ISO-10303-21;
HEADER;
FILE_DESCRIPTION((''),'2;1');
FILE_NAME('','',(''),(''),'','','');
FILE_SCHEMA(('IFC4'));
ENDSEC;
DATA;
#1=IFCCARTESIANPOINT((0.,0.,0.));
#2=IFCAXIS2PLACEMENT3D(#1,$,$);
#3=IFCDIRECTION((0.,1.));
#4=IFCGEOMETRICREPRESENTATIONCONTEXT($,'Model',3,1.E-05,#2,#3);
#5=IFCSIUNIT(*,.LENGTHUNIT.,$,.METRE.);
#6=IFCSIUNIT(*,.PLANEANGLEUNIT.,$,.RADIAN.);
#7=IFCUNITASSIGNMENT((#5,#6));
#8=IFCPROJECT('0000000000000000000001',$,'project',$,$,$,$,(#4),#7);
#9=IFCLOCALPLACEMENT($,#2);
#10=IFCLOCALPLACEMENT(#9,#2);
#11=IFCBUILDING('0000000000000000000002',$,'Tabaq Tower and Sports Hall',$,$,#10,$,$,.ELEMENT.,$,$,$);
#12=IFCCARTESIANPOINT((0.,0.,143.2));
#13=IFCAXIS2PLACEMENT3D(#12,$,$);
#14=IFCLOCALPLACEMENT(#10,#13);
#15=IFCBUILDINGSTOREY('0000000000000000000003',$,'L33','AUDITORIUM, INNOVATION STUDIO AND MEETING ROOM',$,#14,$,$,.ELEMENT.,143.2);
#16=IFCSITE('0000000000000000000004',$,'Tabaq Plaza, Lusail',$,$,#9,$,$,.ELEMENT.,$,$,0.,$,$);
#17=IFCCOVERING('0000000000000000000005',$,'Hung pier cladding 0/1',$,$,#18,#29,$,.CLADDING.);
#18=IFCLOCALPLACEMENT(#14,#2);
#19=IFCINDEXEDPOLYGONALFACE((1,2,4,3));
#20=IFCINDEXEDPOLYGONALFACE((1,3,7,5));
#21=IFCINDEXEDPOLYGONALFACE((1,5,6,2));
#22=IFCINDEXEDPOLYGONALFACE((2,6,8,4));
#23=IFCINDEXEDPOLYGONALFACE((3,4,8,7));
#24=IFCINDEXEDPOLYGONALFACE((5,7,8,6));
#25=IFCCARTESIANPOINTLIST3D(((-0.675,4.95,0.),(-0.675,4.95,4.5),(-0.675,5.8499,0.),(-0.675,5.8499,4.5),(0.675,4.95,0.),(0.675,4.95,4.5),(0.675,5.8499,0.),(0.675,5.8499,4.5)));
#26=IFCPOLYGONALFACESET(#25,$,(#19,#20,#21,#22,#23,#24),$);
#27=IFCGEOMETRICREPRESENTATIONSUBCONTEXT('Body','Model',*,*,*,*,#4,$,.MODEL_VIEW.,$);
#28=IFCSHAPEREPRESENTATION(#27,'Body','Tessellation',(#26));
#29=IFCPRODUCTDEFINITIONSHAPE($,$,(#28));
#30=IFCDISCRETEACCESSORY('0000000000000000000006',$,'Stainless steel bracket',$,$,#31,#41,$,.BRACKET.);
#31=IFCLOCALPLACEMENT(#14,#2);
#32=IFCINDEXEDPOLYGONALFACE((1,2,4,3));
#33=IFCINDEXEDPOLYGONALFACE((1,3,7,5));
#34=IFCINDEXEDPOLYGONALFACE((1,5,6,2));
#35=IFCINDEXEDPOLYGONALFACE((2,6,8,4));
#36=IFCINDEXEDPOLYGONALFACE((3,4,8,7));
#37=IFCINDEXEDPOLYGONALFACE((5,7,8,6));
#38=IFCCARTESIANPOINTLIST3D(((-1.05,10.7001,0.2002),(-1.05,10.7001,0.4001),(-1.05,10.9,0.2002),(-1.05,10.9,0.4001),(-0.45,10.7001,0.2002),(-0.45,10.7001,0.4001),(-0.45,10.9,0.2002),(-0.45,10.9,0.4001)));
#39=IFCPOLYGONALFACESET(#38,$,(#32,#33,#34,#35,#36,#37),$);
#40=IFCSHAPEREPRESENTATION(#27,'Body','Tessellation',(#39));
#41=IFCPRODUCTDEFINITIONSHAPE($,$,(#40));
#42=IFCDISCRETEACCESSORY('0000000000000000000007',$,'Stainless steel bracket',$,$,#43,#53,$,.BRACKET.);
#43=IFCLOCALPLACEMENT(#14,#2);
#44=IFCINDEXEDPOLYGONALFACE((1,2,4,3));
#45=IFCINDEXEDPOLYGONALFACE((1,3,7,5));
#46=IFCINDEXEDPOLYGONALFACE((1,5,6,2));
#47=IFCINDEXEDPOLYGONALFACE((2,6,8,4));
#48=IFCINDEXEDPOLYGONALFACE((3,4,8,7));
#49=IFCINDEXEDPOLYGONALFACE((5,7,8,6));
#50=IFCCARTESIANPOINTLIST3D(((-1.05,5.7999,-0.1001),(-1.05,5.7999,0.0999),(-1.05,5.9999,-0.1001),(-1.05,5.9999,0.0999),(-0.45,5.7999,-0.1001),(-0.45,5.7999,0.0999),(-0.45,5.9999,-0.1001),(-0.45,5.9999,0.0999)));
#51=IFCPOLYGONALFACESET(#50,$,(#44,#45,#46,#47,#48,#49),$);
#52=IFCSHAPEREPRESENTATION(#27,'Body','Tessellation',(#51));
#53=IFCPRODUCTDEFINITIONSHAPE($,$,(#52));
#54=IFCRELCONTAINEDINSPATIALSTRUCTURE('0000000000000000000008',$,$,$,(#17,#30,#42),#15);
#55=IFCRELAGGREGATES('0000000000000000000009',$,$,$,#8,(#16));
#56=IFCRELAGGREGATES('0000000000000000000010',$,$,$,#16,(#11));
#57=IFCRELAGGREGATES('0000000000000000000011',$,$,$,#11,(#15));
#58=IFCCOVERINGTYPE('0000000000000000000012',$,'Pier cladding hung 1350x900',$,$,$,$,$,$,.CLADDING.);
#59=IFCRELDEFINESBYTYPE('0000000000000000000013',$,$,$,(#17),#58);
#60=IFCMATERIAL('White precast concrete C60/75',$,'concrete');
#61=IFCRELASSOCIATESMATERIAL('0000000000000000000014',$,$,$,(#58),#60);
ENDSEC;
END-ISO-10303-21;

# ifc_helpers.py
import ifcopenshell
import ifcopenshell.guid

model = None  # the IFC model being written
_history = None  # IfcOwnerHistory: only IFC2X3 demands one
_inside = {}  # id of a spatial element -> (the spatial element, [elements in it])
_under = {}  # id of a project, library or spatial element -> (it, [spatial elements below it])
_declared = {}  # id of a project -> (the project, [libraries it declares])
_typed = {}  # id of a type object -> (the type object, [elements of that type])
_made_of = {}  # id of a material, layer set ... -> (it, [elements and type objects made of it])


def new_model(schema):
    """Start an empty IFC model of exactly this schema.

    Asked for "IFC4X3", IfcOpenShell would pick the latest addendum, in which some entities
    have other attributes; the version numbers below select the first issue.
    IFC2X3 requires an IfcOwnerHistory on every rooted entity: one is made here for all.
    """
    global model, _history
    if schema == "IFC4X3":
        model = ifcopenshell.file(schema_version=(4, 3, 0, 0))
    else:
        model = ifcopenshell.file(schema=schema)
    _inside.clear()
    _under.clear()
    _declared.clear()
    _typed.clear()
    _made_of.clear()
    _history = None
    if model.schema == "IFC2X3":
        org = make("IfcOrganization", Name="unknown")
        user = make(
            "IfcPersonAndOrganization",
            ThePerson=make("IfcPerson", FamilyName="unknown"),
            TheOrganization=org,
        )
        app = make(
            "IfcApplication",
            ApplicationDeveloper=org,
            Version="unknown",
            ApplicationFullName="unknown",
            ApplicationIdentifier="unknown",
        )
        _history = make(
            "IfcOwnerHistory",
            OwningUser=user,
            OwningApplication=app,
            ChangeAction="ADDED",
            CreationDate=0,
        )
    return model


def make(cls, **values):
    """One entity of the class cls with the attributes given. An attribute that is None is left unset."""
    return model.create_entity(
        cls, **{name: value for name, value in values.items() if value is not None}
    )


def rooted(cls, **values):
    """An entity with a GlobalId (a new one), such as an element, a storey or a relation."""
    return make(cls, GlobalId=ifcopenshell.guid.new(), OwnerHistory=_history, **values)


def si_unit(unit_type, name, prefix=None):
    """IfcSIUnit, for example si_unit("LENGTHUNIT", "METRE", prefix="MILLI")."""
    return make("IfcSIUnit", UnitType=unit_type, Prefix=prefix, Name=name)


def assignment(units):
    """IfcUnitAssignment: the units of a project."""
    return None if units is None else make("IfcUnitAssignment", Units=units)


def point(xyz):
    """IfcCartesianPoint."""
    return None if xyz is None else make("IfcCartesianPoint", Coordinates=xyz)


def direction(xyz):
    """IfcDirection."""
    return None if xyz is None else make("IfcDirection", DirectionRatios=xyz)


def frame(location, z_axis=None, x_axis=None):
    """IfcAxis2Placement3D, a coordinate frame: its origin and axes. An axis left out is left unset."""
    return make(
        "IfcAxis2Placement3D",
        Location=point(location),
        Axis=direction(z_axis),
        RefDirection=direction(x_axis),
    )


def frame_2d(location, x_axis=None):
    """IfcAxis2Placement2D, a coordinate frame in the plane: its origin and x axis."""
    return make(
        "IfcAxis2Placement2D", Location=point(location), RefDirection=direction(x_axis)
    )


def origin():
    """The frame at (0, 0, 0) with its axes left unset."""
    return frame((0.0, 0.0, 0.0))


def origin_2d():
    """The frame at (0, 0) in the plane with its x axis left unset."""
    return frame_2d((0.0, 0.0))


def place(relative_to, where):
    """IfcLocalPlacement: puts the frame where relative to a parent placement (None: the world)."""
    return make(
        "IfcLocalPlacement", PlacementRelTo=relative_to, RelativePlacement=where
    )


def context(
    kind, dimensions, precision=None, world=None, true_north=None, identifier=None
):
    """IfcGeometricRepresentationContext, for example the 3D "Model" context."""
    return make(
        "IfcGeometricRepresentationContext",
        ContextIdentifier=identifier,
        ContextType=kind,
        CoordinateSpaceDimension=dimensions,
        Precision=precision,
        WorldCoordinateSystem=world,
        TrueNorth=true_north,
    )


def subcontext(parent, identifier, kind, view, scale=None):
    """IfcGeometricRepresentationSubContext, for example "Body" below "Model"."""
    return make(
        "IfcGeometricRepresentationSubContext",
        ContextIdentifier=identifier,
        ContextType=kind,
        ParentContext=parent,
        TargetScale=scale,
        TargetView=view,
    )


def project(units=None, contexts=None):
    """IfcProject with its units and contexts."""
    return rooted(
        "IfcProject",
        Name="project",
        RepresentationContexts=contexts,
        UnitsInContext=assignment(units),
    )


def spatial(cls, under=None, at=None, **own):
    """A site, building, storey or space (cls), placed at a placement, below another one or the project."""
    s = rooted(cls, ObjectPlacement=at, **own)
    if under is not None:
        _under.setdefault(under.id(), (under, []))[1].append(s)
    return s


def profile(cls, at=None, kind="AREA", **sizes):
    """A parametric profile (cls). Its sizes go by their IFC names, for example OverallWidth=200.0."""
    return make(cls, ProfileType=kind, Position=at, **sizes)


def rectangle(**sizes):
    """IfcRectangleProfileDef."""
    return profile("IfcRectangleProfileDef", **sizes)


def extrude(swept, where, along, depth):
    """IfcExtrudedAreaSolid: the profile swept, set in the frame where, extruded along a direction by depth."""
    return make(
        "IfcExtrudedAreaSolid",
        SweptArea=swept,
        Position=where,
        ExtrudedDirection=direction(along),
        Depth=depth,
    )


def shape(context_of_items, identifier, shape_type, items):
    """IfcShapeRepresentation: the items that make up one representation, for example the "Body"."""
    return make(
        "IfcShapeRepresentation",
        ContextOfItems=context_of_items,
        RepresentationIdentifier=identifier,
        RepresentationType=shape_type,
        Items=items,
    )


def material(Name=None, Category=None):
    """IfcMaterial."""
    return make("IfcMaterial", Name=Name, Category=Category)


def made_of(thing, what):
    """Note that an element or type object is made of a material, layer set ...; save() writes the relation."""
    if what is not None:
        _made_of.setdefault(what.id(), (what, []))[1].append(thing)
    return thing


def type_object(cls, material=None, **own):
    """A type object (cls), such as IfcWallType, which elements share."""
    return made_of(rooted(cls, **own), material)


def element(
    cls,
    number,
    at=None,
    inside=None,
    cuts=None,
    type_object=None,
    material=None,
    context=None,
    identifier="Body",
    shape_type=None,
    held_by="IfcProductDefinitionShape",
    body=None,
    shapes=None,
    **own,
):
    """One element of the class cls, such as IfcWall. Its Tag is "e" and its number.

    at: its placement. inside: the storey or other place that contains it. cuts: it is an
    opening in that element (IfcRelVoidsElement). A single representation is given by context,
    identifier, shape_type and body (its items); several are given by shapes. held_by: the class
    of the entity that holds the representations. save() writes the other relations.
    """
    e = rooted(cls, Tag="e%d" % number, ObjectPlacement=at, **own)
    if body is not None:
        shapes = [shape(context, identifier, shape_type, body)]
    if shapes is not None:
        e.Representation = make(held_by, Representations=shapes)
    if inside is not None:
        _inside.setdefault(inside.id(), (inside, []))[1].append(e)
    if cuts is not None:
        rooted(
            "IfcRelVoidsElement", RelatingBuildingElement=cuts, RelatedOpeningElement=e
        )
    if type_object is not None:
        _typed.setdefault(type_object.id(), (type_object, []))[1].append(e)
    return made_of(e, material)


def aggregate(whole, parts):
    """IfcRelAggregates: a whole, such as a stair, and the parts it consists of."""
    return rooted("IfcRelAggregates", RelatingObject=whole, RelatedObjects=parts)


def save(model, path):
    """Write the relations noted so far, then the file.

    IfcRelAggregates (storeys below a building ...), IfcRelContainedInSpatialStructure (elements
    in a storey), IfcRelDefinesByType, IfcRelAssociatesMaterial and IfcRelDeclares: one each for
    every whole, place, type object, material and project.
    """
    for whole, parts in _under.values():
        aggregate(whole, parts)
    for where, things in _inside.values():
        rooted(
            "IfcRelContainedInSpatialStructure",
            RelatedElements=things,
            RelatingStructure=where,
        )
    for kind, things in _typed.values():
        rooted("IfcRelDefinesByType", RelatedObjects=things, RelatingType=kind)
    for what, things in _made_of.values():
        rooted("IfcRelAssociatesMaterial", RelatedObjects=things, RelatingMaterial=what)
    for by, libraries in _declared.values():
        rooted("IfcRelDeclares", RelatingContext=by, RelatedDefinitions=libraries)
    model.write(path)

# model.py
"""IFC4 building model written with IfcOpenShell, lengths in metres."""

from ifc_helpers import new_model, si_unit, direction, frame, frame_2d, origin, origin_2d, place, context, subcontext, project, spatial, rectangle, extrude, material, type_object, element, save


model = new_model("IFC4")

# Units and contexts
model_context = context("Model", 3, precision=1e-05, world=origin(), true_north=direction((0.0, 1.0)))
body_context = subcontext(model_context, "Body", "Model", "MODEL_VIEW")
ifc_project = project(units=[si_unit("LENGTHUNIT", "METRE"), si_unit("PLANEANGLEUNIT", "RADIAN")], contexts=[model_context])

# Site, building, storey
site_placement = place(None, origin())
site = spatial("IfcSite", under=ifc_project, at=site_placement, Name="Tabaq Plaza, Lusail", CompositionType="ELEMENT", RefElevation=0.0)
building_placement = place(site_placement, origin())
building = spatial("IfcBuilding", under=site, at=building_placement, Name="Tabaq Tower and Sports Hall", CompositionType="ELEMENT")
storey_placement = place(building_placement, frame((0.0, 0.0, 143.2)))
storey = spatial("IfcBuildingStorey", under=building, at=storey_placement, Name="L33", Description="AUDITORIUM, INNOVATION STUDIO AND MEETING ROOM", CompositionType="ELEMENT", Elevation=143.2)

# Covering
ifc_material_1 = material(Name="White precast concrete C60/75", Category="concrete")
covering_type_1 = type_object("IfcCoveringType", Name="Pier cladding hung 1350x900", PredefinedType="CLADDING", material=ifc_material_1)
covering_1_placement = place(storey_placement, frame((-0.675, 5.3999, 0.0), z_axis=(0.0, 0.0, 1.0), x_axis=(1.0, 0.0, 0.0)))
element("IfcCovering", 1, at=covering_1_placement, inside=storey, type_object=covering_type_1, Name="Hung pier cladding 0/1", PredefinedType="CLADDING", context=body_context, shape_type="SweptSolid", body=[
    extrude(rectangle(XDim=1.3501, YDim=0.8999, at=frame_2d((0.675, 0.0))), origin(), (0.0, 0.0, 1.0), 4.5),
])

# Discrete accessories
for number, where, z_axis, x_axis, name in (
    (2, (-0.75, 10.8, 0.2002), (0.0, 0.0, 1.0), (-1.0, 0.0, 0.0), "Stainless steel bracket"),
    (3, (-0.75, 5.8999, -0.1001), (0.0, 0.0, 1.0), (-1.0, 0.0, 0.0), "Stainless steel bracket"),
):
    element("IfcDiscreteAccessory", number, at=place(storey_placement, frame(where, z_axis=z_axis, x_axis=x_axis)), inside=storey, Name=name, PredefinedType="BRACKET", context=body_context, shape_type="SweptSolid", body=[
        extrude(rectangle(XDim=0.6001, YDim=0.2, at=origin_2d()), origin(), (0.0, 0.0, 1.0), 0.2),
    ])

save(model, "model.ifc")
